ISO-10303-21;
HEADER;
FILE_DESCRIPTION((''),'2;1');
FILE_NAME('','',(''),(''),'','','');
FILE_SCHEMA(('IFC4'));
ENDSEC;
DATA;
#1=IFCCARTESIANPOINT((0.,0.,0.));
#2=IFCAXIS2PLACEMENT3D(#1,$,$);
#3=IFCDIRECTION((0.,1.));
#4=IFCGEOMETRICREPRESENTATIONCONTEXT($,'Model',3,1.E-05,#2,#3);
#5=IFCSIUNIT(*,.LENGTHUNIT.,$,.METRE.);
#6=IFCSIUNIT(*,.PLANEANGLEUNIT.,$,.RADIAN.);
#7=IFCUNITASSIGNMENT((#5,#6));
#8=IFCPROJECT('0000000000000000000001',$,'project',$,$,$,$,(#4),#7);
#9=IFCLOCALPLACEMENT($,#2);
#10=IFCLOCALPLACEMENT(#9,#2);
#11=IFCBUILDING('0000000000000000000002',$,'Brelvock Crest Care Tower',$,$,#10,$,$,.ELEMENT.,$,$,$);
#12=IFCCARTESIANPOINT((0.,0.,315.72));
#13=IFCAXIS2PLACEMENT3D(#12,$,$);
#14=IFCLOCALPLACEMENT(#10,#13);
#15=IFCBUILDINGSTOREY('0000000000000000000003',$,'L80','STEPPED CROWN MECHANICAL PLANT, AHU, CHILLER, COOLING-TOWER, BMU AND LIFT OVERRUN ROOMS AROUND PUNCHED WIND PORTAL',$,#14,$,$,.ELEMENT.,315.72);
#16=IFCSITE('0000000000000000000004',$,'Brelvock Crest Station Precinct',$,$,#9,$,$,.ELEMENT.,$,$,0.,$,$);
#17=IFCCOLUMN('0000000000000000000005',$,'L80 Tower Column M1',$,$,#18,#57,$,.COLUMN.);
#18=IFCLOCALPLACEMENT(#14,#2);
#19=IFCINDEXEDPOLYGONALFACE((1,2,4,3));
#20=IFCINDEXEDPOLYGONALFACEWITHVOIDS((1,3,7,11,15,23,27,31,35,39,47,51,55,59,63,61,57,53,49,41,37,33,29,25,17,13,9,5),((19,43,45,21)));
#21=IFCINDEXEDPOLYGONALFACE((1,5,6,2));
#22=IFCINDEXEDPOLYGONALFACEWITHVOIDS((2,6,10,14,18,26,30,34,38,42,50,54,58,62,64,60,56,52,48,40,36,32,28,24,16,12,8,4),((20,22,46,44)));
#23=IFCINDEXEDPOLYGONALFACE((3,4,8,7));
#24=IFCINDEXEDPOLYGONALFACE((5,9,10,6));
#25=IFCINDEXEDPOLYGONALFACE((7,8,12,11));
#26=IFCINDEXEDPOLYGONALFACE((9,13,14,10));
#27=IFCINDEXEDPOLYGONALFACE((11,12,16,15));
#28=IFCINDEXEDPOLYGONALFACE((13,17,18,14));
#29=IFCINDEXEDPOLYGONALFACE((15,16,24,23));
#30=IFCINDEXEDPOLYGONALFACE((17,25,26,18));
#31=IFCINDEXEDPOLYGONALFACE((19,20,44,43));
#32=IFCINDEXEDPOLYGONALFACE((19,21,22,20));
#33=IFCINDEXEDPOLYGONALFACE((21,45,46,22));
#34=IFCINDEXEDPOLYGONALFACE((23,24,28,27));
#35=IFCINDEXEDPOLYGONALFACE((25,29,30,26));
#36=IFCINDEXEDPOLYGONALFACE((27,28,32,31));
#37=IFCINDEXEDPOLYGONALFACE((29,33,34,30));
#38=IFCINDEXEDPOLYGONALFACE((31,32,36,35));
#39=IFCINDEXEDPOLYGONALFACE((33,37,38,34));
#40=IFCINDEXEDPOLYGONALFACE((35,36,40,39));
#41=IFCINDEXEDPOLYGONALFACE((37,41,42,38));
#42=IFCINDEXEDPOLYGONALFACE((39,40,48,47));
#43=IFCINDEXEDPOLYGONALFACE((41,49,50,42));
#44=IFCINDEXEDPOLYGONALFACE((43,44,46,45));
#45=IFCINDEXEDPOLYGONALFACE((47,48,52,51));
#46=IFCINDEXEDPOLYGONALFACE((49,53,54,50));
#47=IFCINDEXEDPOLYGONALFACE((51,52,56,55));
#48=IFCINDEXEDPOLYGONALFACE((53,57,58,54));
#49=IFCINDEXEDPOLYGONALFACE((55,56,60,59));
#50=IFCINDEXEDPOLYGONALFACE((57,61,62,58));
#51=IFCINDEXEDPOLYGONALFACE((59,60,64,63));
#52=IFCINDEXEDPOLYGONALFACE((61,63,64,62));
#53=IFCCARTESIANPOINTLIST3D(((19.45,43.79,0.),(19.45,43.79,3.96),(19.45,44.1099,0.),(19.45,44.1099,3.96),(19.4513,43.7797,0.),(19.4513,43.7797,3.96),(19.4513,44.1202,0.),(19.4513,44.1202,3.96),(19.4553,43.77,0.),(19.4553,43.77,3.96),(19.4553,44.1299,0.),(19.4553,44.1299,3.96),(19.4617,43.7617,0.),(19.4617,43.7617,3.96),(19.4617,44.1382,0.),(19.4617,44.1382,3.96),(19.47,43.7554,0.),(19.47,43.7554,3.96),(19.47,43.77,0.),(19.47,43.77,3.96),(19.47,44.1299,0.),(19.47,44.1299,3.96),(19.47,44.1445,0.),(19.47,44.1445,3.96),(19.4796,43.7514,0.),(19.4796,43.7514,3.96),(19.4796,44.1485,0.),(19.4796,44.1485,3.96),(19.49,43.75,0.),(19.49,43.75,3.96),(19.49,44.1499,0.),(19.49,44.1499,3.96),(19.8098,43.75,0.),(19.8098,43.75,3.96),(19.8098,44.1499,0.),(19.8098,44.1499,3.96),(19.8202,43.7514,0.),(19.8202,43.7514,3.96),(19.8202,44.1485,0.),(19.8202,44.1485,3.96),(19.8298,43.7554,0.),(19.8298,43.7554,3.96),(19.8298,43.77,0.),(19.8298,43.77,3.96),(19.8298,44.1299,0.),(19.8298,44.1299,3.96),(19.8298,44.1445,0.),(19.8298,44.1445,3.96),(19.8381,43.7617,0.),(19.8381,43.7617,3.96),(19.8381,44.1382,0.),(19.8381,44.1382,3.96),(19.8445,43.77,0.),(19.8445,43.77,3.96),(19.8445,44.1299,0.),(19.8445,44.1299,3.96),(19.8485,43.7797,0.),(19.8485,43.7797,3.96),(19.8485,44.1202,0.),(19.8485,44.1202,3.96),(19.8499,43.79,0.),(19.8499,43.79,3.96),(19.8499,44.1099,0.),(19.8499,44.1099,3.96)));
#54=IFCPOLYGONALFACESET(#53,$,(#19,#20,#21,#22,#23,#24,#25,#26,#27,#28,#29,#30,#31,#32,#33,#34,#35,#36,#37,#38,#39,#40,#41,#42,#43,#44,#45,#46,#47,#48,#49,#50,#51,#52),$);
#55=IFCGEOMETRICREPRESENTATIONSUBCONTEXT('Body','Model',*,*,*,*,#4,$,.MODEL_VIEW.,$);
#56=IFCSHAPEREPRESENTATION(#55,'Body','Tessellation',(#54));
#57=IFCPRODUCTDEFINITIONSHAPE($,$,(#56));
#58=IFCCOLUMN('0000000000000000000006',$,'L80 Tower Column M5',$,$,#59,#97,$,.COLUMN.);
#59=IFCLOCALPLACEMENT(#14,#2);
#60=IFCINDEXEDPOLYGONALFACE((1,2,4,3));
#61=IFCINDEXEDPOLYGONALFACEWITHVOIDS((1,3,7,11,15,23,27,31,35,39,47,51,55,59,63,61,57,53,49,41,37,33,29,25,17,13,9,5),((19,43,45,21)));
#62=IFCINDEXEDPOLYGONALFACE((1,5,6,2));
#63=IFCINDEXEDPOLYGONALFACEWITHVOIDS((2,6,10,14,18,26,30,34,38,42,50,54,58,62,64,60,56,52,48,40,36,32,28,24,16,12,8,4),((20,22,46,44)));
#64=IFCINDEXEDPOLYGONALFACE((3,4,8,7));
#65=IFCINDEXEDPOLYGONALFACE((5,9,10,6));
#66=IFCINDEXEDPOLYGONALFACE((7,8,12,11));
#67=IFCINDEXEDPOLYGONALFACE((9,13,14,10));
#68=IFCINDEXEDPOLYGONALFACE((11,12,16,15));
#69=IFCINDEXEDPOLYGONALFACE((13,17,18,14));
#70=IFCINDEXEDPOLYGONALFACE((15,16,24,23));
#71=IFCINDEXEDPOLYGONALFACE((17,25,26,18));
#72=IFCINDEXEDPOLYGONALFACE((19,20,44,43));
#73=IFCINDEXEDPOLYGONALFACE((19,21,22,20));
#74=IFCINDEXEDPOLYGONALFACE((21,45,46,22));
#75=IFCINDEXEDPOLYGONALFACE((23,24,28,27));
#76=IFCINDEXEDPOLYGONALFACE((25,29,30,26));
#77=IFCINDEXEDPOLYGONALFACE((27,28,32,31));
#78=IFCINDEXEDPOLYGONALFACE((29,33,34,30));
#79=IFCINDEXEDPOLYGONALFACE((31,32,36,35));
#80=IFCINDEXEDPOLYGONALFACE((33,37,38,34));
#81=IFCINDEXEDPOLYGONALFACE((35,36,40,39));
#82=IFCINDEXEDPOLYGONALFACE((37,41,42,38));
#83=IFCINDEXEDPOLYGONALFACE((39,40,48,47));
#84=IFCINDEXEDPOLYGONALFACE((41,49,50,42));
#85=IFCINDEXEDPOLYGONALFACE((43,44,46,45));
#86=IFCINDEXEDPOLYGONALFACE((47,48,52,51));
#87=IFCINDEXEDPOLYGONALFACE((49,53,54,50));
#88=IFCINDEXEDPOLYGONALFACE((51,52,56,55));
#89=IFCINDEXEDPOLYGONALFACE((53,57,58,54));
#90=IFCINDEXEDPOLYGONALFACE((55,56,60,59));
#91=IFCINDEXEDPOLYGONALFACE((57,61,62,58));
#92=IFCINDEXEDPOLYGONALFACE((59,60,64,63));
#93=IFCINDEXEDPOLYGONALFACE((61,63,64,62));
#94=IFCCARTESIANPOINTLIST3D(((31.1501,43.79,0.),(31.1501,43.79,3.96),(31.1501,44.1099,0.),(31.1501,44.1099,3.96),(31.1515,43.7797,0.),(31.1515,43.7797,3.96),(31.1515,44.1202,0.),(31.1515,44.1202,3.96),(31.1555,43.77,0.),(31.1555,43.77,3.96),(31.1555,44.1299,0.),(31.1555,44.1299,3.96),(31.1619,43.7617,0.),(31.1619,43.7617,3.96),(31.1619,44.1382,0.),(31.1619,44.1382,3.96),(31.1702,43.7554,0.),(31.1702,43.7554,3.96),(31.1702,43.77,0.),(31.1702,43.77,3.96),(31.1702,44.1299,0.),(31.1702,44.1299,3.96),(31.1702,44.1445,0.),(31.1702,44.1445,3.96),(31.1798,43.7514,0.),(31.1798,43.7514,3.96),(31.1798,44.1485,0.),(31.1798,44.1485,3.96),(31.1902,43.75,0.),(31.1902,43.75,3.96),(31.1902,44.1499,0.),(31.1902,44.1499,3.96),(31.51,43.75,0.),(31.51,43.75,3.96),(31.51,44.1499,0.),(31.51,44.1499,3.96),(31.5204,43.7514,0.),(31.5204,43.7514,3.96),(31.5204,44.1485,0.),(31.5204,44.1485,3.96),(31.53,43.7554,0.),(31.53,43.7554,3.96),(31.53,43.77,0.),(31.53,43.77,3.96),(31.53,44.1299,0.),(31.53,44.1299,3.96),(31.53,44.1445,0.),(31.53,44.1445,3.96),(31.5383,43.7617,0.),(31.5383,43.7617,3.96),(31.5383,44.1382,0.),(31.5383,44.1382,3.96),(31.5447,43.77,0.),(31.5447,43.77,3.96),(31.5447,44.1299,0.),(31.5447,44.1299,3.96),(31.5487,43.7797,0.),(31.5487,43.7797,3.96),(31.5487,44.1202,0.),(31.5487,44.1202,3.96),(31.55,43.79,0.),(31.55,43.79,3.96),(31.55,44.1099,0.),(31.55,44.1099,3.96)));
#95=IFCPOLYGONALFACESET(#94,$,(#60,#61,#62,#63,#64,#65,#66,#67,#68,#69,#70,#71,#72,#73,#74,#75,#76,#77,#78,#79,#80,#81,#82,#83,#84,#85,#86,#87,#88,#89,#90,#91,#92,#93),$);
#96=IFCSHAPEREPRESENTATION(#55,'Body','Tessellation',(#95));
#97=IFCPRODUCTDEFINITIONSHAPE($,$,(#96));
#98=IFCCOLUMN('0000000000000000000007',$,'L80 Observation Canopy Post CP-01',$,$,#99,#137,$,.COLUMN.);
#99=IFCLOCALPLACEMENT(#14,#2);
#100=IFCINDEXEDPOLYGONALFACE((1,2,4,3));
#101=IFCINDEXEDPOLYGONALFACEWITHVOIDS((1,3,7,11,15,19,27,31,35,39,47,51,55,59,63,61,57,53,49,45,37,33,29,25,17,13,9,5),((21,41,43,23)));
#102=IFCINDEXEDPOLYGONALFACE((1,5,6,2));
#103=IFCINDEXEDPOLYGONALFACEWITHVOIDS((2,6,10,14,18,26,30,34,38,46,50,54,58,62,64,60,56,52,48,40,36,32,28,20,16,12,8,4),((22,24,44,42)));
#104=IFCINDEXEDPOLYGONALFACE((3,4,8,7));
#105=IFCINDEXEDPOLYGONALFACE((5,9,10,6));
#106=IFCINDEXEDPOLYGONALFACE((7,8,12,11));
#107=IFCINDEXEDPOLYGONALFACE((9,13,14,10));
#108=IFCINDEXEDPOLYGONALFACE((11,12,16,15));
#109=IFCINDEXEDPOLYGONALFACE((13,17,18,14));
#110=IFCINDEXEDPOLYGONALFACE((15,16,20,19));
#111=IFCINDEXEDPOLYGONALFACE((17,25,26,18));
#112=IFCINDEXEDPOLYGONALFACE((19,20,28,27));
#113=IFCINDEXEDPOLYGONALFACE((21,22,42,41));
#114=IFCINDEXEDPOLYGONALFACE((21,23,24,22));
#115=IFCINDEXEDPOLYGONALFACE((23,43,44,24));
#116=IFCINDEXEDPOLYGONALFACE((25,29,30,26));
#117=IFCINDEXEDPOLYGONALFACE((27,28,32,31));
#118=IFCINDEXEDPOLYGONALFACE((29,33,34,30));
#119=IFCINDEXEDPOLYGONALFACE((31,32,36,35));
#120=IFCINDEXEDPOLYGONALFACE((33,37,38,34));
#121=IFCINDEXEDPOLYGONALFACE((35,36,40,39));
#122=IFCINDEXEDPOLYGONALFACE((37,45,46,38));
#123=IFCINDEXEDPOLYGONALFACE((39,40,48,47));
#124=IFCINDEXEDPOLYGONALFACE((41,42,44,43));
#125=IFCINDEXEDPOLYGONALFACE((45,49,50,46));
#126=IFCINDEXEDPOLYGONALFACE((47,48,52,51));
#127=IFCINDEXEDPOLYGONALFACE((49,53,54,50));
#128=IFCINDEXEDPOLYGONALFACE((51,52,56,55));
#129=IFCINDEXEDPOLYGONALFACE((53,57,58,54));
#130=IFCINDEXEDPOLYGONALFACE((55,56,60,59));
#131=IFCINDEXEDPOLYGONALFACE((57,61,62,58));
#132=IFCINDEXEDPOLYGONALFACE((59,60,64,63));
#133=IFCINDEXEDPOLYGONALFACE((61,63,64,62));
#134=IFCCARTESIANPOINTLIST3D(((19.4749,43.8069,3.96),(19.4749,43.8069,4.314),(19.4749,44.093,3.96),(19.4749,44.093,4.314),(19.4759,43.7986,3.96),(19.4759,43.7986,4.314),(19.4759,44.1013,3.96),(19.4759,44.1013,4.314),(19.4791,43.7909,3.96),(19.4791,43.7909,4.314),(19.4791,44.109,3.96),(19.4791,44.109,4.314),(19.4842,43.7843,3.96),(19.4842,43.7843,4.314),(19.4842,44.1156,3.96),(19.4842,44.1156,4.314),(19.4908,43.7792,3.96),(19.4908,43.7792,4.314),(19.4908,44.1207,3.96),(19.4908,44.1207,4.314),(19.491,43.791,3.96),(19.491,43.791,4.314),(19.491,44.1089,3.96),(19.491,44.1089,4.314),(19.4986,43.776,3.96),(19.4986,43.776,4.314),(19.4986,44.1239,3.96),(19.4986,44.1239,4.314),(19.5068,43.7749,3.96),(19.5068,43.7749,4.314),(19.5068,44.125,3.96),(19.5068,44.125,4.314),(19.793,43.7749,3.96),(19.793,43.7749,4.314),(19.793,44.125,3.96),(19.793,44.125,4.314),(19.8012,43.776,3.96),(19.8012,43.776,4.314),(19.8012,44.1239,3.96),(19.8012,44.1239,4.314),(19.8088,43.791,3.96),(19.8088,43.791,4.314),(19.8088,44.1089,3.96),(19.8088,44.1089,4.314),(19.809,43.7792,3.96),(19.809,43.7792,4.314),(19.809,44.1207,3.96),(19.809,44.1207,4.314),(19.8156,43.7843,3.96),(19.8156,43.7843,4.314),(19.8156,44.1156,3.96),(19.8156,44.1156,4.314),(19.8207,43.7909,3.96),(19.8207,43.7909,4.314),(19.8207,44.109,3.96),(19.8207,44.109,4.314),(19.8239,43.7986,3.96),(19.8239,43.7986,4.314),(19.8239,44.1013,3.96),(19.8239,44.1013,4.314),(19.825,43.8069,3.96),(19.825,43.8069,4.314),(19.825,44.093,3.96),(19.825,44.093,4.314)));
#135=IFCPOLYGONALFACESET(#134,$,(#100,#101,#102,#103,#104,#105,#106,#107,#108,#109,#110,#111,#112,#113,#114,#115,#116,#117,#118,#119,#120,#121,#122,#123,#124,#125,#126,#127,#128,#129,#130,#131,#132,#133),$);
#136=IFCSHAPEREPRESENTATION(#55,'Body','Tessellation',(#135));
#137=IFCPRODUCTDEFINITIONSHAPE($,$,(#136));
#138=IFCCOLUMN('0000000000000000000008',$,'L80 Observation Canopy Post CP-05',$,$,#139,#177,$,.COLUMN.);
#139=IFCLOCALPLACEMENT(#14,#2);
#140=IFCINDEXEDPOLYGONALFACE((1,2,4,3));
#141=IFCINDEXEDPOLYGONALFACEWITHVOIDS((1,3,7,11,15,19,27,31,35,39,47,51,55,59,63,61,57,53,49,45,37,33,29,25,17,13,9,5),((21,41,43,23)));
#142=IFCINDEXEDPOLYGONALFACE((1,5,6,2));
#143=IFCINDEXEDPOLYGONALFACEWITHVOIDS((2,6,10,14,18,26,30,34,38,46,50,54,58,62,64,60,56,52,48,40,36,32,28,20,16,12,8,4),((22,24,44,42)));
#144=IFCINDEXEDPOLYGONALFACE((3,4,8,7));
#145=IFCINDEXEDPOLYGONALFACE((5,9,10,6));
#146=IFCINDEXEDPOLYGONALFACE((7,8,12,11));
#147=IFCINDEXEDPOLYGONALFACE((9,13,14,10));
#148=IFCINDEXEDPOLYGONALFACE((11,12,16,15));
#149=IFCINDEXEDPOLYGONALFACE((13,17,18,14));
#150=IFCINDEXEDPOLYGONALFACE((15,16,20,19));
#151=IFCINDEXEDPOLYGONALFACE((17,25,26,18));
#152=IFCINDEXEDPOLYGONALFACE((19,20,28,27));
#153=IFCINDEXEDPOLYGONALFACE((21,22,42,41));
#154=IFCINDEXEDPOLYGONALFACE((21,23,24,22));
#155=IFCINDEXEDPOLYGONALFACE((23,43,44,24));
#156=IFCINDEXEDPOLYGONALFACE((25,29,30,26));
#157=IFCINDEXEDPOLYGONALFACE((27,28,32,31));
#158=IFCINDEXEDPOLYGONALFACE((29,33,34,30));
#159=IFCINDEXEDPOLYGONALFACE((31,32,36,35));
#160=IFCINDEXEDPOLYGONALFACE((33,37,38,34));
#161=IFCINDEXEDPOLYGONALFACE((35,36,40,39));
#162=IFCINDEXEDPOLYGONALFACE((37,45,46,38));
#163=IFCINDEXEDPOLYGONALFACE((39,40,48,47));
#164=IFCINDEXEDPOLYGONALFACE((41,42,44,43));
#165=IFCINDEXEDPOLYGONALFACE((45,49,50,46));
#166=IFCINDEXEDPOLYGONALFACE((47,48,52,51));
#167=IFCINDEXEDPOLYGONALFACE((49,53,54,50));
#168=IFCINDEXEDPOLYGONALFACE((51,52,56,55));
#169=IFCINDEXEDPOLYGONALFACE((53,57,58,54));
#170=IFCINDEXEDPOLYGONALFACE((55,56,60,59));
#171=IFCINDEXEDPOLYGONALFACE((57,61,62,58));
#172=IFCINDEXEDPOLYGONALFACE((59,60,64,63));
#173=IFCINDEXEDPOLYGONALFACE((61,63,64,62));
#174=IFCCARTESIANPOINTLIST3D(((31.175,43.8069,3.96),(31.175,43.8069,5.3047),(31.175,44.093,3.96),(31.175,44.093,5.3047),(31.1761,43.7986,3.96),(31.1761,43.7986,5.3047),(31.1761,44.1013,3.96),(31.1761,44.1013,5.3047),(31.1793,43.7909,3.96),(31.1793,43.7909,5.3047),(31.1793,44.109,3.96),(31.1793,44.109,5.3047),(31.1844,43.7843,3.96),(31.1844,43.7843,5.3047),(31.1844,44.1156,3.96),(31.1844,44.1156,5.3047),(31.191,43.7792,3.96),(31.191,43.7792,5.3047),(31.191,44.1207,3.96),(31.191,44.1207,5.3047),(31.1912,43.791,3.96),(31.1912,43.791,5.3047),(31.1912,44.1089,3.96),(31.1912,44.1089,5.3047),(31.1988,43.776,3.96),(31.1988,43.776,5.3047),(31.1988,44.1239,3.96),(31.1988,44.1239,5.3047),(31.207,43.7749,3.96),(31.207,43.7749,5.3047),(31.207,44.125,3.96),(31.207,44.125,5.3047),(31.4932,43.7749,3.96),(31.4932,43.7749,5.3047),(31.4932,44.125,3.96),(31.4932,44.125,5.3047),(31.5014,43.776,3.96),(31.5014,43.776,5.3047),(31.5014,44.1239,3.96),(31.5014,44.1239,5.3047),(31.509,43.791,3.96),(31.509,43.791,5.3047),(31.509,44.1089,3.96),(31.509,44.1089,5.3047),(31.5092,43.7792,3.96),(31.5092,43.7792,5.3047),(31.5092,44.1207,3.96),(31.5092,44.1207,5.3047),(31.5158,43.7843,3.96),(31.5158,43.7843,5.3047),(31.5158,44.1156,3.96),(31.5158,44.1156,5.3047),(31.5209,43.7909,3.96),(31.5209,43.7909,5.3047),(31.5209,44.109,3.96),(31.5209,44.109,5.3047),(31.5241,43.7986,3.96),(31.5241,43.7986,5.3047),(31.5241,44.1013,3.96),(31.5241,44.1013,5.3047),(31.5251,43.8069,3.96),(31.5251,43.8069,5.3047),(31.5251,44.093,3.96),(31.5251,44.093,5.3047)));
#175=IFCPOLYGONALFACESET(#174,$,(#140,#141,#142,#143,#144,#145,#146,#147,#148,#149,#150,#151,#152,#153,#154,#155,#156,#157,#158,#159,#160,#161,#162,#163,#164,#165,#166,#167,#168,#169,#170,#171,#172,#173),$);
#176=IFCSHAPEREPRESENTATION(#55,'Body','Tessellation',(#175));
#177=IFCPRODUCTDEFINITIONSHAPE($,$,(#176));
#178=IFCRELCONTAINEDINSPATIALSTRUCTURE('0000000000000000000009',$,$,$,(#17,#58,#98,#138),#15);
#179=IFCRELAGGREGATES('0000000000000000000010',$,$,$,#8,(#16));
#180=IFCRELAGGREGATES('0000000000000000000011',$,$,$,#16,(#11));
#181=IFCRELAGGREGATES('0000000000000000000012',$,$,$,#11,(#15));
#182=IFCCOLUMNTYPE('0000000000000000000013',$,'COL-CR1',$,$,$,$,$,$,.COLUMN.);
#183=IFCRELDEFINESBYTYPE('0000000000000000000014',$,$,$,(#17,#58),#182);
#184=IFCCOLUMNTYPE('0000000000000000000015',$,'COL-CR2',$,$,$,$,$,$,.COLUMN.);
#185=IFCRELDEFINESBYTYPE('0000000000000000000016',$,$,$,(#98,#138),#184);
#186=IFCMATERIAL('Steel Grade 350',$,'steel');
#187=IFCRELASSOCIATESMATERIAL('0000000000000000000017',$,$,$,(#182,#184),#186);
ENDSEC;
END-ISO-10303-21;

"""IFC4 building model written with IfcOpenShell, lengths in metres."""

from ifc_helpers import new_model, si_unit, direction, frame, origin, origin_2d, place, context, subcontext, project, spatial, hollow_rectangle, extrude, source, transform, mapped, material, material_profile, profile_set, type_object, element, save


model = new_model("IFC4")

# Units and contexts
model_context = context("Model", 3, precision=1e-05, world=origin(), true_north=direction((0.0, 1.0)))
body_context = subcontext(model_context, "Body", "Model", "MODEL_VIEW")
ifc_project = project(units=[si_unit("LENGTHUNIT", "METRE"), si_unit("PLANEANGLEUNIT", "RADIAN")], contexts=[model_context])

# Site, building, storey
site_placement = place(None, origin())
site = spatial("IfcSite", under=ifc_project, at=site_placement, Name="Brelvock Crest Station Precinct", CompositionType="ELEMENT", RefElevation=0.0)
building_placement = place(site_placement, origin())
building = spatial("IfcBuilding", under=site, at=building_placement, Name="Brelvock Crest Care Tower", CompositionType="ELEMENT")
storey_placement = place(building_placement, frame((0.0, 0.0, 315.72)))
storey = spatial("IfcBuildingStorey", under=building, at=storey_placement, Name="L80", Description="STEPPED CROWN MECHANICAL PLANT, AHU, CHILLER, COOLING-TOWER, BMU AND LIFT OVERRUN ROOMS AROUND PUNCHED WIND PORTAL", CompositionType="ELEMENT", Elevation=315.72)

# Columns
ifc_material_1 = material(Name="Steel Grade 350", Category="steel")
ifc_material_profile_1 = material_profile(ifc_material_1, hollow_rectangle(XDim=0.3999, YDim=0.3999, WallThickness=0.02, OuterFilletRadius=0.04, at=origin_2d()), Name="SHS400x400x20.0")
ifc_profile_set_1 = profile_set([ifc_material_profile_1], Name="Steel Grade 350")
column_type_1 = type_object("IfcColumnType", Name="COL-CR1", PredefinedType="COLUMN", material=ifc_profile_set_1)
shared_shape_1 = source(origin(), body_context, "Body", "SweptSolid", [
    extrude(hollow_rectangle(XDim=0.3999, YDim=0.3999, WallThickness=0.02, OuterFilletRadius=0.04, at=origin_2d()), origin(), (0.0, 0.0, 1.0), 3.96),
])
for number, where, z_axis, x_axis, name in (
    (1, (19.6499, 43.95, 0.0), (0.0, 0.0, 1.0), (1.0, 0.0, 0.0), "L80 Tower Column M1"),
    (2, (31.3501, 43.95, 0.0), (0.0, 0.0, 1.0), (1.0, 0.0, 0.0), "L80 Tower Column M5"),
):
    element("IfcColumn", number, at=place(storey_placement, frame(where, z_axis=z_axis, x_axis=x_axis)), inside=storey, type_object=column_type_1, Name=name, PredefinedType="COLUMN", context=body_context, shape_type="MappedRepresentation", body=[
        mapped(shared_shape_1, transform((0.0, 0.0, 0.0), x_axis=(1.0, 0.0, 0.0), y_axis=(0.0, 1.0, 0.0), z_axis=(0.0, 0.0, 1.0), scale=1.0)),
    ])
ifc_material_profile_2 = material_profile(ifc_material_1, hollow_rectangle(XDim=0.3501, YDim=0.3501, WallThickness=0.0161, OuterFilletRadius=0.032, at=origin_2d()), Name="SHS350x350x16.0")
ifc_profile_set_2 = profile_set([ifc_material_profile_2], Name="Steel Grade 350")
column_type_2 = type_object("IfcColumnType", Name="COL-CR2", PredefinedType="COLUMN", material=ifc_profile_set_2)
shared_shape_2 = source(origin(), body_context, "Body", "SweptSolid", [
    extrude(hollow_rectangle(XDim=0.3501, YDim=0.3501, WallThickness=0.0161, OuterFilletRadius=0.032, at=origin_2d()), origin(), (0.0, 0.0, 1.0), 0.354),
])
column_1_placement = place(storey_placement, frame((19.6499, 43.95, 3.96), z_axis=(0.0, 0.0, 1.0), x_axis=(1.0, 0.0, 0.0)))
element("IfcColumn", 3, at=column_1_placement, inside=storey, type_object=column_type_2, Name="L80 Observation Canopy Post CP-01", PredefinedType="COLUMN", context=body_context, shape_type="MappedRepresentation", body=[
    mapped(shared_shape_2, transform((0.0, 0.0, 0.0), x_axis=(1.0, 0.0, 0.0), y_axis=(0.0, 1.0, 0.0), z_axis=(0.0, 0.0, 1.0), scale=1.0)),
])
shared_shape_3 = source(origin(), body_context, "Body", "SweptSolid", [
    extrude(hollow_rectangle(XDim=0.3501, YDim=0.3501, WallThickness=0.0161, OuterFilletRadius=0.032, at=origin_2d()), origin(), (0.0, 0.0, 1.0), 1.3447),
])
column_2_placement = place(storey_placement, frame((31.3501, 43.95, 3.96), z_axis=(0.0, 0.0, 1.0), x_axis=(1.0, 0.0, 0.0)))
element("IfcColumn", 4, at=column_2_placement, inside=storey, type_object=column_type_2, Name="L80 Observation Canopy Post CP-05", PredefinedType="COLUMN", context=body_context, shape_type="MappedRepresentation", body=[
    mapped(shared_shape_3, transform((0.0, 0.0, 0.0), x_axis=(1.0, 0.0, 0.0), y_axis=(0.0, 1.0, 0.0), z_axis=(0.0, 0.0, 1.0), scale=1.0)),
])

save(model, "model.ifc")
